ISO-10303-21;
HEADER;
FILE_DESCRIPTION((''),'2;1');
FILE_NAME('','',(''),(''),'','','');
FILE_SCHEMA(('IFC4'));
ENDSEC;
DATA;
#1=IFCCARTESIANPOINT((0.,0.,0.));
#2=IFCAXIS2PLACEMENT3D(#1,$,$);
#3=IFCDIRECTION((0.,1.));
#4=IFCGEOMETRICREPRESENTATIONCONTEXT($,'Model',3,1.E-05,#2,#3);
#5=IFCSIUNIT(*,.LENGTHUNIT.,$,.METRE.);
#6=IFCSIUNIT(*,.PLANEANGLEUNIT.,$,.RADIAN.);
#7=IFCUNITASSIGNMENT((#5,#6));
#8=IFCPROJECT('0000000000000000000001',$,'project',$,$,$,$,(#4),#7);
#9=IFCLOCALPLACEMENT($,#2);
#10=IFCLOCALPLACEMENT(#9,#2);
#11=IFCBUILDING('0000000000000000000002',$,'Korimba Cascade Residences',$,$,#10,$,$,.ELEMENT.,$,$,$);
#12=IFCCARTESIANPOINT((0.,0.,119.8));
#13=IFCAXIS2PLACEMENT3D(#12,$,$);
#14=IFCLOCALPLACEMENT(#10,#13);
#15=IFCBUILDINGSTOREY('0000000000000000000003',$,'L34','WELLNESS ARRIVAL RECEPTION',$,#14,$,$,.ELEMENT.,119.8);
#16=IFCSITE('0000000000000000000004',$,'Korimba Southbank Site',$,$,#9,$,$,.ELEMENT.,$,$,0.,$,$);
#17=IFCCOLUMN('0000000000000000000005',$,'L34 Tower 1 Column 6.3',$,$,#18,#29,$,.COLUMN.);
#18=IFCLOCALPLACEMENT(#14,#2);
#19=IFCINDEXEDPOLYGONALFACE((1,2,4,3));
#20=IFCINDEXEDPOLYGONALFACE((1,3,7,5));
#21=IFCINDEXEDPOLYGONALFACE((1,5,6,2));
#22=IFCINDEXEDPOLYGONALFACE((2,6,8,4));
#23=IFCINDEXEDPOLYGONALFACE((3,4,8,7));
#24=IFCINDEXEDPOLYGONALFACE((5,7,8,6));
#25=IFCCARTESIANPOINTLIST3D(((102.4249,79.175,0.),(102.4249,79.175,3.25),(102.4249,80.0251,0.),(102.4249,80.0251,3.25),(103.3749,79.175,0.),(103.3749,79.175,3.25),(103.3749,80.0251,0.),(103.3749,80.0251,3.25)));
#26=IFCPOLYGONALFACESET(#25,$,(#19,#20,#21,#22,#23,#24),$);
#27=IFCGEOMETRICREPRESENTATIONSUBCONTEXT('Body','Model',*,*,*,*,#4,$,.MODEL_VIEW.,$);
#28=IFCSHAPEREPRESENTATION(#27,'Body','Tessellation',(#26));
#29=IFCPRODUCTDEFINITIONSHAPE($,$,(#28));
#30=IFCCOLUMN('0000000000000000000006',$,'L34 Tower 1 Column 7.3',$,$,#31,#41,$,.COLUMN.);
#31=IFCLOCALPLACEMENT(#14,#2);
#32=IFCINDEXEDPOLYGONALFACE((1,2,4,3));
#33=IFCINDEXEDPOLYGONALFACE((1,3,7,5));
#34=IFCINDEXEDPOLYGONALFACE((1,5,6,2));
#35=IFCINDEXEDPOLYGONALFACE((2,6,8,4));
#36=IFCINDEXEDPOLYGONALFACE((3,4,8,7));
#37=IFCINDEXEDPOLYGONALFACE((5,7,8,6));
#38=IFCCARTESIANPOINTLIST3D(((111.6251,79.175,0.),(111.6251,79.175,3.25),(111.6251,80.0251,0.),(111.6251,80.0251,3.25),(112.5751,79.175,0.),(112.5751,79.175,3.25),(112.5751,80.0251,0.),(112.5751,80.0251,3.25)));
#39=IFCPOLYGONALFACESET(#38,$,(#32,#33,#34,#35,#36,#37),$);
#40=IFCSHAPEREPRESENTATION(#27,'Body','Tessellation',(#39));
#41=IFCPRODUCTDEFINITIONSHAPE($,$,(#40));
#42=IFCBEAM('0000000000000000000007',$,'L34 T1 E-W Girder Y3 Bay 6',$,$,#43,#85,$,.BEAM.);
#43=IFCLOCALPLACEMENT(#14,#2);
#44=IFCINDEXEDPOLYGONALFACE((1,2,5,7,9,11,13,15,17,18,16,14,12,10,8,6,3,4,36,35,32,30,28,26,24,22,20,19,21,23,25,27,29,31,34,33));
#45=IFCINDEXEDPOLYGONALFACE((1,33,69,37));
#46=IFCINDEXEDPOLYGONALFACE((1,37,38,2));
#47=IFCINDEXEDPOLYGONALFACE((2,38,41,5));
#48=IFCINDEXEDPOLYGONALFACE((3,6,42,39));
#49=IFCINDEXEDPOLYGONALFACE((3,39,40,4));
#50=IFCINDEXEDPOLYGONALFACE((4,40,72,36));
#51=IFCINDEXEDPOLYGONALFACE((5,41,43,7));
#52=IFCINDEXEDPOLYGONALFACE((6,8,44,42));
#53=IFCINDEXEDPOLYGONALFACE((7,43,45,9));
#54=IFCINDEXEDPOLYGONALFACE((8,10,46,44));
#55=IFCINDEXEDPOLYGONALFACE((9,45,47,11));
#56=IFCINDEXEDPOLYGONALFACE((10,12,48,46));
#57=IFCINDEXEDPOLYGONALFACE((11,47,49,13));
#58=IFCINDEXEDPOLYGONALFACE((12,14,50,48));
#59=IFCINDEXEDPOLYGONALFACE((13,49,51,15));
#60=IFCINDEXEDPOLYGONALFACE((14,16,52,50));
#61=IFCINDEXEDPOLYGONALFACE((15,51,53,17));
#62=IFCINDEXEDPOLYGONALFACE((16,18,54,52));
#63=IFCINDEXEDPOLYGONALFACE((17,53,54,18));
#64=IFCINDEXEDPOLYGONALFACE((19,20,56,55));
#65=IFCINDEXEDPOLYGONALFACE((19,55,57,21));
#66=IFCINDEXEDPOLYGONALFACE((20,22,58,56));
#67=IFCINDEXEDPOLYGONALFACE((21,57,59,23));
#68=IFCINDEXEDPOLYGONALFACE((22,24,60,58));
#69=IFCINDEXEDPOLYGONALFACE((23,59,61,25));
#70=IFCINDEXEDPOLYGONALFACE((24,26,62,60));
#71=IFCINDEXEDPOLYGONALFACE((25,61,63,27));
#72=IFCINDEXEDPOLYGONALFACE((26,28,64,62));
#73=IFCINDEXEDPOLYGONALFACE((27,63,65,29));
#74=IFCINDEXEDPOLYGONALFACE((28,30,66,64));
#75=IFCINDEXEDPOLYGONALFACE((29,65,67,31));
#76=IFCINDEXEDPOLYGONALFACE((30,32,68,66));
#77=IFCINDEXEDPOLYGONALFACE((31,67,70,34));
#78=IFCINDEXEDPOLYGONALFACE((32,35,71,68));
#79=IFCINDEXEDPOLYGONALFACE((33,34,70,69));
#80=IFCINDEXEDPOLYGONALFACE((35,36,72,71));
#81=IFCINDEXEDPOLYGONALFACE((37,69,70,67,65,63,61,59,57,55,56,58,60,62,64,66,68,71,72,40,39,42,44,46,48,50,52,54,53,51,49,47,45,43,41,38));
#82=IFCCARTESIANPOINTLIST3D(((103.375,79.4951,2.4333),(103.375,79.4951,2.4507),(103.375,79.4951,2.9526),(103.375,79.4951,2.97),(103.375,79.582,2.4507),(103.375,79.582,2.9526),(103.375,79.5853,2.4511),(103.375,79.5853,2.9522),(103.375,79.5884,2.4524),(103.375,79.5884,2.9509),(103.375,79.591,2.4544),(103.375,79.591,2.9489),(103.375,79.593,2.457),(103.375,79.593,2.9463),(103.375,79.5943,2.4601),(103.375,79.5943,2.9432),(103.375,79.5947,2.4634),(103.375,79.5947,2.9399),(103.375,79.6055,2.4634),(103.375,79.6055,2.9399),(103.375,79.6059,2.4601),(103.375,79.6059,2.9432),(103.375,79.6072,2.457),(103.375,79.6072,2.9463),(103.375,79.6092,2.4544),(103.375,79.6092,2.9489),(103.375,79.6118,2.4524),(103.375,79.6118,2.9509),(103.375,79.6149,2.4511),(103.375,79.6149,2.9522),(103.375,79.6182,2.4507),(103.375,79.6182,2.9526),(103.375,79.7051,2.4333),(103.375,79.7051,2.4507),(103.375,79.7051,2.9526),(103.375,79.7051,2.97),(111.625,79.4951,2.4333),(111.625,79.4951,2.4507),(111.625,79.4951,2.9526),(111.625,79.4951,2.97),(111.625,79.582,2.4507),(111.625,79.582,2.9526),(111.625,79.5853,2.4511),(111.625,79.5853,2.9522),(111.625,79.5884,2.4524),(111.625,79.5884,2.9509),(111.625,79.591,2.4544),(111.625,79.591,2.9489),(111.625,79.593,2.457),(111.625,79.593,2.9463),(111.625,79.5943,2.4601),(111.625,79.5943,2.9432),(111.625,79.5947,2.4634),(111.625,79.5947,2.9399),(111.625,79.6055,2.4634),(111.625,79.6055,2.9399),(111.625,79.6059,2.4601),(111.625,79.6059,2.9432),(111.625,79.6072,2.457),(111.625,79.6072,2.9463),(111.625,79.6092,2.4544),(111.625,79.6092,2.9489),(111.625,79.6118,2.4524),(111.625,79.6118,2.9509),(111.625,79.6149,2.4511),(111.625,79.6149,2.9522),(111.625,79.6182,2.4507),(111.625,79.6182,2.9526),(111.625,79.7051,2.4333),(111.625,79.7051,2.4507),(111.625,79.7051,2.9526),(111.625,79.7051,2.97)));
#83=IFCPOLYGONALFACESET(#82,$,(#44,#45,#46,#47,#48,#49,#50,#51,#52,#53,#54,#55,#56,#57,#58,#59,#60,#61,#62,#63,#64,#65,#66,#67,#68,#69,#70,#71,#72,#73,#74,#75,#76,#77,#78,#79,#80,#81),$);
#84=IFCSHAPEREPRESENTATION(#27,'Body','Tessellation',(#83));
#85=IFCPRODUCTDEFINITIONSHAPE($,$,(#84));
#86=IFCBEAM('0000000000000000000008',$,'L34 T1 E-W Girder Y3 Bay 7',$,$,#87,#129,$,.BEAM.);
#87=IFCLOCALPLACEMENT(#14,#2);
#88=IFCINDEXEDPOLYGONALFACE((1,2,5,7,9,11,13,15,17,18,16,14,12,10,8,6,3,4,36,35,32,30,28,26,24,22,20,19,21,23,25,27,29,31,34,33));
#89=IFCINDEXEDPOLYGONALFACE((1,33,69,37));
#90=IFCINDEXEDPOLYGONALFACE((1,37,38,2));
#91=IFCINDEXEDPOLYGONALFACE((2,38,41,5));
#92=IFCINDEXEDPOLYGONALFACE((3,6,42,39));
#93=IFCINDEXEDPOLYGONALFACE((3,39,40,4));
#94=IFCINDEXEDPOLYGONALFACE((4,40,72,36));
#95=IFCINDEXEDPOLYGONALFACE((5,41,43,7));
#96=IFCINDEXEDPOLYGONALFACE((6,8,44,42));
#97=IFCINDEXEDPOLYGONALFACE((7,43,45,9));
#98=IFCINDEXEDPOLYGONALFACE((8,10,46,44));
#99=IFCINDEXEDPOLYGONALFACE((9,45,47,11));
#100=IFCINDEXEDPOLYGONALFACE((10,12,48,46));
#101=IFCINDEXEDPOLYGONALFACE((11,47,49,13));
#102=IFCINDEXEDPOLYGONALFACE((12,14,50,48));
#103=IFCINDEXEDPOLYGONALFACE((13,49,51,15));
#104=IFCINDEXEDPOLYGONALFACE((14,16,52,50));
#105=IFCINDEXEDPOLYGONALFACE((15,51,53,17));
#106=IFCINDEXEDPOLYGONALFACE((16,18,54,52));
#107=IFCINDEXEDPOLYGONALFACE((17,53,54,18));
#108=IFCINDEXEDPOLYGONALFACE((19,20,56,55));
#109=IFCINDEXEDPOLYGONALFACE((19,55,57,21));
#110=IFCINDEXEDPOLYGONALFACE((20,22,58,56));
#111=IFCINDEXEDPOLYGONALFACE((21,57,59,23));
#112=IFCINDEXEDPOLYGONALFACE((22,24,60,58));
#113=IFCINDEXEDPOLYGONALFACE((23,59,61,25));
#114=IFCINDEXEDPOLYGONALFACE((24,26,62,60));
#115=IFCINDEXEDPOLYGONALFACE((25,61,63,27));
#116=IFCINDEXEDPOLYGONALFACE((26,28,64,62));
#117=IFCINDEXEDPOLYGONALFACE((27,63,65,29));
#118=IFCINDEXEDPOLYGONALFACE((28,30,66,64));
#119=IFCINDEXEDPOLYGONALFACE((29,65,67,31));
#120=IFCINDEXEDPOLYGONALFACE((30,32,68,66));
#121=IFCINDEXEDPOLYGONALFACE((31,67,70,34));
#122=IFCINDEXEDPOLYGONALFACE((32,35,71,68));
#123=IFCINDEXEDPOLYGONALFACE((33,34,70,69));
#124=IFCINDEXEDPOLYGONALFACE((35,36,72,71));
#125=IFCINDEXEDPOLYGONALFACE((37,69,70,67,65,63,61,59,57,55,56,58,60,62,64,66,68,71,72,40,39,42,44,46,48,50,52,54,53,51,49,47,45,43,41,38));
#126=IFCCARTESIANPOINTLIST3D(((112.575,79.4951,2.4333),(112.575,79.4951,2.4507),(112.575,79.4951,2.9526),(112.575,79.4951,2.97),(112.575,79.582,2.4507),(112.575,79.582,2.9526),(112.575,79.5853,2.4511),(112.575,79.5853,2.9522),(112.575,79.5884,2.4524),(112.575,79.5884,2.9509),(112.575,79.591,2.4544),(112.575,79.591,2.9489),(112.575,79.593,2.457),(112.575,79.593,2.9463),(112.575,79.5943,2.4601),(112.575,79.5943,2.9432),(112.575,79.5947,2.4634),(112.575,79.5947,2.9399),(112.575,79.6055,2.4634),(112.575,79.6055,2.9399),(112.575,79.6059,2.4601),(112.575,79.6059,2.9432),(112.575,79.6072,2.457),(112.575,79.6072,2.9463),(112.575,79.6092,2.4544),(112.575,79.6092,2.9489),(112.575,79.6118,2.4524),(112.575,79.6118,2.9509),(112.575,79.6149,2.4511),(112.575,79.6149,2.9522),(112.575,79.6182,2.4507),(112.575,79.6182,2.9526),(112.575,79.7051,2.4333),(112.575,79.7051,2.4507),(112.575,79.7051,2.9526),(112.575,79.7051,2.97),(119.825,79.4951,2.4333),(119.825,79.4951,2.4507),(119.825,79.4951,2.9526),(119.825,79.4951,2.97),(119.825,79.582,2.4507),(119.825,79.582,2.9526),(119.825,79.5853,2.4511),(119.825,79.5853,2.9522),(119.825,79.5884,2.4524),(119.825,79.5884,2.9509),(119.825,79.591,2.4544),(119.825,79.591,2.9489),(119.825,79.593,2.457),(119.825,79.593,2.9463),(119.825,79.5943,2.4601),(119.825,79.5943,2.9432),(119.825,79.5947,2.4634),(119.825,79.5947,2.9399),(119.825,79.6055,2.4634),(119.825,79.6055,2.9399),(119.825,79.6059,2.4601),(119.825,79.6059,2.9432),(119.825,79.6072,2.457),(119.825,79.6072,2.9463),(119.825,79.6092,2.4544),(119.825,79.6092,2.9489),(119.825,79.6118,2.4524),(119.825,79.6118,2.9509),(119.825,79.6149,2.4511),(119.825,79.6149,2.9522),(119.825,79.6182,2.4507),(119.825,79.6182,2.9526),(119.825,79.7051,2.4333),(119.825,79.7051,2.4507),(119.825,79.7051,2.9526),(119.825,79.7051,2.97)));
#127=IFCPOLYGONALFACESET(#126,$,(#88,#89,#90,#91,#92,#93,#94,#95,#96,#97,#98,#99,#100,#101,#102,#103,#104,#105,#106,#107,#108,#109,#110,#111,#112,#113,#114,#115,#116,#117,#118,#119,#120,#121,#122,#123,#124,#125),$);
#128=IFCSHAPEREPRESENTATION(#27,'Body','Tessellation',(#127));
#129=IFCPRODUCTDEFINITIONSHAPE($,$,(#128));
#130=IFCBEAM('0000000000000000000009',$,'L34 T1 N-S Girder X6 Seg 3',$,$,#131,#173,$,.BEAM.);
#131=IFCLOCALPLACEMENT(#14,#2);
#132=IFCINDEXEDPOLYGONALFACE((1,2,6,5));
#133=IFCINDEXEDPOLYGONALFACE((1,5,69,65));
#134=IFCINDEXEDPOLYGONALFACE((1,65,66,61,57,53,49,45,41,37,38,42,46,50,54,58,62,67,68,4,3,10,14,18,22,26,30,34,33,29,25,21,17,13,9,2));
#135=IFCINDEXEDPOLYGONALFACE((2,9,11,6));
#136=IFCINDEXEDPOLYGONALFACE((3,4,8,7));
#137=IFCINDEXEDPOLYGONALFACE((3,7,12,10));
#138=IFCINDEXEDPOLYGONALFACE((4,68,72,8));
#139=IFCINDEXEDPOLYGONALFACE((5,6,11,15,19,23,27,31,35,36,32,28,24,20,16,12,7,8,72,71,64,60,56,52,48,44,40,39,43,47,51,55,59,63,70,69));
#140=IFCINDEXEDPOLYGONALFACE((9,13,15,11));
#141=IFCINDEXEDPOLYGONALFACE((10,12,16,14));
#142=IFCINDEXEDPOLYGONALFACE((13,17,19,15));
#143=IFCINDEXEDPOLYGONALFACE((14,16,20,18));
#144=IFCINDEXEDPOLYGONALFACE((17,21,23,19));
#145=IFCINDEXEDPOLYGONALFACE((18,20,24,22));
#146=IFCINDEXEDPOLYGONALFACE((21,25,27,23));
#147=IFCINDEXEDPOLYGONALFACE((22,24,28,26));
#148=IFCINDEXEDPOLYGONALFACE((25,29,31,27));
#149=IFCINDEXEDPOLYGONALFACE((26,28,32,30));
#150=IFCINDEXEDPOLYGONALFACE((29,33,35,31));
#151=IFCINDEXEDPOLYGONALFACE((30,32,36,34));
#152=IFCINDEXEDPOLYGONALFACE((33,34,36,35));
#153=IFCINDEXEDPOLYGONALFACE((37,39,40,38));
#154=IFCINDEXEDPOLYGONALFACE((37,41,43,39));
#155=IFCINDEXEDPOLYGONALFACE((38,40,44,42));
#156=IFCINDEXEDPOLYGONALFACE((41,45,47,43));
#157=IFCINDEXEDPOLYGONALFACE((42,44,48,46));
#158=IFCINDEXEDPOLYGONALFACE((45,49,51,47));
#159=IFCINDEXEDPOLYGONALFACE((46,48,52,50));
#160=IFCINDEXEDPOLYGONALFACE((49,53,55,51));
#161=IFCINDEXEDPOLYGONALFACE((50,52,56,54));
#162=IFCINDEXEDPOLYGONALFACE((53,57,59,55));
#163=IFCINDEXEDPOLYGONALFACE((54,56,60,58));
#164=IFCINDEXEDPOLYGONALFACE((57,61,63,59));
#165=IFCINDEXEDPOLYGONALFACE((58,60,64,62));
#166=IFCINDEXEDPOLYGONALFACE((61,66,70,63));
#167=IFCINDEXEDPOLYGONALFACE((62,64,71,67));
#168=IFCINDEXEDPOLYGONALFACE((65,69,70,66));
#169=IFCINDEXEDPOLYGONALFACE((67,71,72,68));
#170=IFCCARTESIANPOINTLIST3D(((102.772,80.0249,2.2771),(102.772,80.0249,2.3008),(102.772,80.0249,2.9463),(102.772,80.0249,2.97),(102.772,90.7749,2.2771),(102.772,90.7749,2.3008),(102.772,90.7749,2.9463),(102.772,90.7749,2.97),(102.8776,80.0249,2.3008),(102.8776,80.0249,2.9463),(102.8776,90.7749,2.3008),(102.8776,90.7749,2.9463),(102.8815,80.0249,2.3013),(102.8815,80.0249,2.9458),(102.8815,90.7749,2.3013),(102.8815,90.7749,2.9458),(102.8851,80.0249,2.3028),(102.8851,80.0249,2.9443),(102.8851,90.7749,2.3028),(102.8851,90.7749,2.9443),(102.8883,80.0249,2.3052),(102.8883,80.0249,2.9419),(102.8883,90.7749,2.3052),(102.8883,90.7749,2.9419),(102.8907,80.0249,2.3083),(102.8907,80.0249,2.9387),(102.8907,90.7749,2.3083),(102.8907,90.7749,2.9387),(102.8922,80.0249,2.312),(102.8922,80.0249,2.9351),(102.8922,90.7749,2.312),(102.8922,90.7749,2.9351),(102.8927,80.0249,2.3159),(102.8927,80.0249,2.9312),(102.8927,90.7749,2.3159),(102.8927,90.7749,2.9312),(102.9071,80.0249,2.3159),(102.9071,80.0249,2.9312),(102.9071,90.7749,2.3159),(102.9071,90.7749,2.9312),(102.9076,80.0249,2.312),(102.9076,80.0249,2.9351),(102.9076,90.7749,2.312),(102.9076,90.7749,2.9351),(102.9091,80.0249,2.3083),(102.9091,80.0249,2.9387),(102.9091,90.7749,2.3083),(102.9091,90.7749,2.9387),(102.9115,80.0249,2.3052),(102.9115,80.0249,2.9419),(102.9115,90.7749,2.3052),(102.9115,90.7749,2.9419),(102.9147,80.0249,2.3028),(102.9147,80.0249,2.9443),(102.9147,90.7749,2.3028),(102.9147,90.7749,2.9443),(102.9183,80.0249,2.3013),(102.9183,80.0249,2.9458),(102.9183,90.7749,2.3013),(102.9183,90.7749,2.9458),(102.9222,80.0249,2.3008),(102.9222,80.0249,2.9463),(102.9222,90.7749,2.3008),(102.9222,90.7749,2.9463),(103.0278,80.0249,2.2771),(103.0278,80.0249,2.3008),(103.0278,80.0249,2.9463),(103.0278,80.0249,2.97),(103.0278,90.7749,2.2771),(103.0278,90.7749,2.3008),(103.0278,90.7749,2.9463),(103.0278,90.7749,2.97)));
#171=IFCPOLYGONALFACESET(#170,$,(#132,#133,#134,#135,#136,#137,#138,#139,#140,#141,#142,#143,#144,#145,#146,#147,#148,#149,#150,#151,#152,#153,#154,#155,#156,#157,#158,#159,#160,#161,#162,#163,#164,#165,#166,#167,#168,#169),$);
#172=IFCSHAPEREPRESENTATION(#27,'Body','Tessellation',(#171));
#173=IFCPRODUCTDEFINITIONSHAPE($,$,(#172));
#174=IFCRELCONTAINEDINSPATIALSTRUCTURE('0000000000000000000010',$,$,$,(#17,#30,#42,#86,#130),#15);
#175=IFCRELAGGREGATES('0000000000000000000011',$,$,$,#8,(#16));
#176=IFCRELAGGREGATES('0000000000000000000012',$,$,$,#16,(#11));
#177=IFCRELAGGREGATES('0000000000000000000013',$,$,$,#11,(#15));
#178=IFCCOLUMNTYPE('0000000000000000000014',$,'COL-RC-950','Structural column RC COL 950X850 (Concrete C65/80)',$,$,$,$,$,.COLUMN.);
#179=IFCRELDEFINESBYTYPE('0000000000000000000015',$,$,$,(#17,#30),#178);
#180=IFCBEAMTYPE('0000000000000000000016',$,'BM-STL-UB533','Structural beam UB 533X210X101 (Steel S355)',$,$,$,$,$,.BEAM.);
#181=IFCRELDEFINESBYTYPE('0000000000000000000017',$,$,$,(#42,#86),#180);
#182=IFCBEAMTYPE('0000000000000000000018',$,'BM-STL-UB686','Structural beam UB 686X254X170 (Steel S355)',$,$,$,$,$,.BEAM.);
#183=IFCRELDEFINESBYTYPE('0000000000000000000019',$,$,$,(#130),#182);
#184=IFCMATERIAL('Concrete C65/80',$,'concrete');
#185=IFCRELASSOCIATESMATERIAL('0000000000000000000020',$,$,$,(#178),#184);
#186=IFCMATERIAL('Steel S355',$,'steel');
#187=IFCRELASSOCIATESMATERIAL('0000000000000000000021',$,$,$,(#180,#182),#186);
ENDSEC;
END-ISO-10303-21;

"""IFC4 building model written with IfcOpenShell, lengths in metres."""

from ifc_helpers import new_model, si_unit, direction, frame, origin, origin_2d, place, context, subcontext, project, spatial, rectangle, i_section, extrude, material, material_profile, profile_set, type_object, element, save


model = new_model("IFC4")

# Units and contexts
model_context = context("Model", 3, precision=1e-05, world=origin(), true_north=direction((0.0, 1.0)))
body_context = subcontext(model_context, "Body", "Model", "MODEL_VIEW")
ifc_project = project(units=[si_unit("LENGTHUNIT", "METRE"), si_unit("PLANEANGLEUNIT", "RADIAN")], contexts=[model_context])

# Site, building, storey
site_placement = place(None, origin())
site = spatial("IfcSite", under=ifc_project, at=site_placement, Name="Korimba Southbank Site", CompositionType="ELEMENT", RefElevation=0.0)
building_placement = place(site_placement, origin())
building = spatial("IfcBuilding", under=site, at=building_placement, Name="Korimba Cascade Residences", CompositionType="ELEMENT")
storey_placement = place(building_placement, frame((0.0, 0.0, 119.8)))
storey = spatial("IfcBuildingStorey", under=building, at=storey_placement, Name="L34", Description="WELLNESS ARRIVAL RECEPTION", CompositionType="ELEMENT", Elevation=119.8)

# Columns
ifc_material_1 = material(Name="Concrete C65/80", Category="concrete")
ifc_material_profile_1 = material_profile(ifc_material_1, rectangle(XDim=0.95, YDim=0.8501, at=origin_2d()), Name="Concrete C65/80")
ifc_profile_set_1 = profile_set([ifc_material_profile_1], Name="Concrete C65/80")
column_type = type_object("IfcColumnType", Name="COL-RC-950", Description="Structural column RC COL 950X850 (Concrete C65/80)", PredefinedType="COLUMN", material=ifc_profile_set_1)
for number, where, z_axis, x_axis, name in (
    (1, (102.8999, 79.6001, 0.0), (0.0, 0.0, 1.0), (1.0, 0.0, 0.0), "L34 Tower 1 Column 6.3"),
    (2, (112.1001, 79.6001, 0.0), (0.0, 0.0, 1.0), (1.0, 0.0, 0.0), "L34 Tower 1 Column 7.3"),
):
    element("IfcColumn", number, at=place(storey_placement, frame(where, z_axis=z_axis, x_axis=x_axis)), inside=storey, type_object=column_type, Name=name, PredefinedType="COLUMN", context=body_context, shape_type="SweptSolid", body=[
        extrude(rectangle(XDim=0.95, YDim=0.8501, at=origin_2d()), origin(), (0.0, 0.0, 1.0), 3.25),
    ])

# Beams
ifc_material_2 = material(Name="Steel S355", Category="steel")
ifc_material_profile_2 = material_profile(ifc_material_2, i_section(OverallWidth=0.21, OverallDepth=0.5366, WebThickness=0.0107, FlangeThickness=0.0173, FilletRadius=0.0127, at=origin_2d()), Name="Steel S355")
ifc_profile_set_2 = profile_set([ifc_material_profile_2], Name="Steel S355")
beam_type_1 = type_object("IfcBeamType", Name="BM-STL-UB533", Description="Structural beam UB 533X210X101 (Steel S355)", PredefinedType="BEAM", material=ifc_profile_set_2)
beam_1_placement = place(storey_placement, frame((103.375, 79.6001, 2.7017), z_axis=(1.0, 0.0, 0.0), x_axis=(0.0, 1.0, 0.0)))
element("IfcBeam", 3, at=beam_1_placement, inside=storey, type_object=beam_type_1, Name="L34 T1 E-W Girder Y3 Bay 6", PredefinedType="BEAM", context=body_context, shape_type="SweptSolid", body=[
    extrude(i_section(OverallWidth=0.21, OverallDepth=0.5366, WebThickness=0.0107, FlangeThickness=0.0173, FilletRadius=0.0127, at=origin_2d()), origin(), (0.0, 0.0, 1.0), 8.25),
])
beam_2_placement = place(storey_placement, frame((112.575, 79.6001, 2.7017), z_axis=(1.0, 0.0, 0.0), x_axis=(0.0, 1.0, 0.0)))
element("IfcBeam", 4, at=beam_2_placement, inside=storey, type_object=beam_type_1, Name="L34 T1 E-W Girder Y3 Bay 7", PredefinedType="BEAM", context=body_context, shape_type="SweptSolid", body=[
    extrude(i_section(OverallWidth=0.21, OverallDepth=0.5366, WebThickness=0.0107, FlangeThickness=0.0173, FilletRadius=0.0127, at=origin_2d()), origin(), (0.0, 0.0, 1.0), 7.25),
])
ifc_material_profile_3 = material_profile(ifc_material_2, i_section(OverallWidth=0.2559, OverallDepth=0.6929, WebThickness=0.0144, FlangeThickness=0.0237, FilletRadius=0.0151, at=origin_2d()), Name="Steel S355")
ifc_profile_set_3 = profile_set([ifc_material_profile_3], Name="Steel S355")
beam_type_2 = type_object("IfcBeamType", Name="BM-STL-UB686", Description="Structural beam UB 686X254X170 (Steel S355)", PredefinedType="BEAM", material=ifc_profile_set_3)
beam_3_placement = place(storey_placement, frame((102.8999, 80.0249, 2.6235), z_axis=(0.0, 1.0, 0.0), x_axis=(-1.0, 0.0, 0.0)))
element("IfcBeam", 5, at=beam_3_placement, inside=storey, type_object=beam_type_2, Name="L34 T1 N-S Girder X6 Seg 3", PredefinedType="BEAM", context=body_context, shape_type="SweptSolid", body=[
    extrude(i_section(OverallWidth=0.2559, OverallDepth=0.6929, WebThickness=0.0144, FlangeThickness=0.0237, FilletRadius=0.0151, at=origin_2d()), origin(), (0.0, 0.0, 1.0), 10.75),
])

save(model, "model.ifc")
